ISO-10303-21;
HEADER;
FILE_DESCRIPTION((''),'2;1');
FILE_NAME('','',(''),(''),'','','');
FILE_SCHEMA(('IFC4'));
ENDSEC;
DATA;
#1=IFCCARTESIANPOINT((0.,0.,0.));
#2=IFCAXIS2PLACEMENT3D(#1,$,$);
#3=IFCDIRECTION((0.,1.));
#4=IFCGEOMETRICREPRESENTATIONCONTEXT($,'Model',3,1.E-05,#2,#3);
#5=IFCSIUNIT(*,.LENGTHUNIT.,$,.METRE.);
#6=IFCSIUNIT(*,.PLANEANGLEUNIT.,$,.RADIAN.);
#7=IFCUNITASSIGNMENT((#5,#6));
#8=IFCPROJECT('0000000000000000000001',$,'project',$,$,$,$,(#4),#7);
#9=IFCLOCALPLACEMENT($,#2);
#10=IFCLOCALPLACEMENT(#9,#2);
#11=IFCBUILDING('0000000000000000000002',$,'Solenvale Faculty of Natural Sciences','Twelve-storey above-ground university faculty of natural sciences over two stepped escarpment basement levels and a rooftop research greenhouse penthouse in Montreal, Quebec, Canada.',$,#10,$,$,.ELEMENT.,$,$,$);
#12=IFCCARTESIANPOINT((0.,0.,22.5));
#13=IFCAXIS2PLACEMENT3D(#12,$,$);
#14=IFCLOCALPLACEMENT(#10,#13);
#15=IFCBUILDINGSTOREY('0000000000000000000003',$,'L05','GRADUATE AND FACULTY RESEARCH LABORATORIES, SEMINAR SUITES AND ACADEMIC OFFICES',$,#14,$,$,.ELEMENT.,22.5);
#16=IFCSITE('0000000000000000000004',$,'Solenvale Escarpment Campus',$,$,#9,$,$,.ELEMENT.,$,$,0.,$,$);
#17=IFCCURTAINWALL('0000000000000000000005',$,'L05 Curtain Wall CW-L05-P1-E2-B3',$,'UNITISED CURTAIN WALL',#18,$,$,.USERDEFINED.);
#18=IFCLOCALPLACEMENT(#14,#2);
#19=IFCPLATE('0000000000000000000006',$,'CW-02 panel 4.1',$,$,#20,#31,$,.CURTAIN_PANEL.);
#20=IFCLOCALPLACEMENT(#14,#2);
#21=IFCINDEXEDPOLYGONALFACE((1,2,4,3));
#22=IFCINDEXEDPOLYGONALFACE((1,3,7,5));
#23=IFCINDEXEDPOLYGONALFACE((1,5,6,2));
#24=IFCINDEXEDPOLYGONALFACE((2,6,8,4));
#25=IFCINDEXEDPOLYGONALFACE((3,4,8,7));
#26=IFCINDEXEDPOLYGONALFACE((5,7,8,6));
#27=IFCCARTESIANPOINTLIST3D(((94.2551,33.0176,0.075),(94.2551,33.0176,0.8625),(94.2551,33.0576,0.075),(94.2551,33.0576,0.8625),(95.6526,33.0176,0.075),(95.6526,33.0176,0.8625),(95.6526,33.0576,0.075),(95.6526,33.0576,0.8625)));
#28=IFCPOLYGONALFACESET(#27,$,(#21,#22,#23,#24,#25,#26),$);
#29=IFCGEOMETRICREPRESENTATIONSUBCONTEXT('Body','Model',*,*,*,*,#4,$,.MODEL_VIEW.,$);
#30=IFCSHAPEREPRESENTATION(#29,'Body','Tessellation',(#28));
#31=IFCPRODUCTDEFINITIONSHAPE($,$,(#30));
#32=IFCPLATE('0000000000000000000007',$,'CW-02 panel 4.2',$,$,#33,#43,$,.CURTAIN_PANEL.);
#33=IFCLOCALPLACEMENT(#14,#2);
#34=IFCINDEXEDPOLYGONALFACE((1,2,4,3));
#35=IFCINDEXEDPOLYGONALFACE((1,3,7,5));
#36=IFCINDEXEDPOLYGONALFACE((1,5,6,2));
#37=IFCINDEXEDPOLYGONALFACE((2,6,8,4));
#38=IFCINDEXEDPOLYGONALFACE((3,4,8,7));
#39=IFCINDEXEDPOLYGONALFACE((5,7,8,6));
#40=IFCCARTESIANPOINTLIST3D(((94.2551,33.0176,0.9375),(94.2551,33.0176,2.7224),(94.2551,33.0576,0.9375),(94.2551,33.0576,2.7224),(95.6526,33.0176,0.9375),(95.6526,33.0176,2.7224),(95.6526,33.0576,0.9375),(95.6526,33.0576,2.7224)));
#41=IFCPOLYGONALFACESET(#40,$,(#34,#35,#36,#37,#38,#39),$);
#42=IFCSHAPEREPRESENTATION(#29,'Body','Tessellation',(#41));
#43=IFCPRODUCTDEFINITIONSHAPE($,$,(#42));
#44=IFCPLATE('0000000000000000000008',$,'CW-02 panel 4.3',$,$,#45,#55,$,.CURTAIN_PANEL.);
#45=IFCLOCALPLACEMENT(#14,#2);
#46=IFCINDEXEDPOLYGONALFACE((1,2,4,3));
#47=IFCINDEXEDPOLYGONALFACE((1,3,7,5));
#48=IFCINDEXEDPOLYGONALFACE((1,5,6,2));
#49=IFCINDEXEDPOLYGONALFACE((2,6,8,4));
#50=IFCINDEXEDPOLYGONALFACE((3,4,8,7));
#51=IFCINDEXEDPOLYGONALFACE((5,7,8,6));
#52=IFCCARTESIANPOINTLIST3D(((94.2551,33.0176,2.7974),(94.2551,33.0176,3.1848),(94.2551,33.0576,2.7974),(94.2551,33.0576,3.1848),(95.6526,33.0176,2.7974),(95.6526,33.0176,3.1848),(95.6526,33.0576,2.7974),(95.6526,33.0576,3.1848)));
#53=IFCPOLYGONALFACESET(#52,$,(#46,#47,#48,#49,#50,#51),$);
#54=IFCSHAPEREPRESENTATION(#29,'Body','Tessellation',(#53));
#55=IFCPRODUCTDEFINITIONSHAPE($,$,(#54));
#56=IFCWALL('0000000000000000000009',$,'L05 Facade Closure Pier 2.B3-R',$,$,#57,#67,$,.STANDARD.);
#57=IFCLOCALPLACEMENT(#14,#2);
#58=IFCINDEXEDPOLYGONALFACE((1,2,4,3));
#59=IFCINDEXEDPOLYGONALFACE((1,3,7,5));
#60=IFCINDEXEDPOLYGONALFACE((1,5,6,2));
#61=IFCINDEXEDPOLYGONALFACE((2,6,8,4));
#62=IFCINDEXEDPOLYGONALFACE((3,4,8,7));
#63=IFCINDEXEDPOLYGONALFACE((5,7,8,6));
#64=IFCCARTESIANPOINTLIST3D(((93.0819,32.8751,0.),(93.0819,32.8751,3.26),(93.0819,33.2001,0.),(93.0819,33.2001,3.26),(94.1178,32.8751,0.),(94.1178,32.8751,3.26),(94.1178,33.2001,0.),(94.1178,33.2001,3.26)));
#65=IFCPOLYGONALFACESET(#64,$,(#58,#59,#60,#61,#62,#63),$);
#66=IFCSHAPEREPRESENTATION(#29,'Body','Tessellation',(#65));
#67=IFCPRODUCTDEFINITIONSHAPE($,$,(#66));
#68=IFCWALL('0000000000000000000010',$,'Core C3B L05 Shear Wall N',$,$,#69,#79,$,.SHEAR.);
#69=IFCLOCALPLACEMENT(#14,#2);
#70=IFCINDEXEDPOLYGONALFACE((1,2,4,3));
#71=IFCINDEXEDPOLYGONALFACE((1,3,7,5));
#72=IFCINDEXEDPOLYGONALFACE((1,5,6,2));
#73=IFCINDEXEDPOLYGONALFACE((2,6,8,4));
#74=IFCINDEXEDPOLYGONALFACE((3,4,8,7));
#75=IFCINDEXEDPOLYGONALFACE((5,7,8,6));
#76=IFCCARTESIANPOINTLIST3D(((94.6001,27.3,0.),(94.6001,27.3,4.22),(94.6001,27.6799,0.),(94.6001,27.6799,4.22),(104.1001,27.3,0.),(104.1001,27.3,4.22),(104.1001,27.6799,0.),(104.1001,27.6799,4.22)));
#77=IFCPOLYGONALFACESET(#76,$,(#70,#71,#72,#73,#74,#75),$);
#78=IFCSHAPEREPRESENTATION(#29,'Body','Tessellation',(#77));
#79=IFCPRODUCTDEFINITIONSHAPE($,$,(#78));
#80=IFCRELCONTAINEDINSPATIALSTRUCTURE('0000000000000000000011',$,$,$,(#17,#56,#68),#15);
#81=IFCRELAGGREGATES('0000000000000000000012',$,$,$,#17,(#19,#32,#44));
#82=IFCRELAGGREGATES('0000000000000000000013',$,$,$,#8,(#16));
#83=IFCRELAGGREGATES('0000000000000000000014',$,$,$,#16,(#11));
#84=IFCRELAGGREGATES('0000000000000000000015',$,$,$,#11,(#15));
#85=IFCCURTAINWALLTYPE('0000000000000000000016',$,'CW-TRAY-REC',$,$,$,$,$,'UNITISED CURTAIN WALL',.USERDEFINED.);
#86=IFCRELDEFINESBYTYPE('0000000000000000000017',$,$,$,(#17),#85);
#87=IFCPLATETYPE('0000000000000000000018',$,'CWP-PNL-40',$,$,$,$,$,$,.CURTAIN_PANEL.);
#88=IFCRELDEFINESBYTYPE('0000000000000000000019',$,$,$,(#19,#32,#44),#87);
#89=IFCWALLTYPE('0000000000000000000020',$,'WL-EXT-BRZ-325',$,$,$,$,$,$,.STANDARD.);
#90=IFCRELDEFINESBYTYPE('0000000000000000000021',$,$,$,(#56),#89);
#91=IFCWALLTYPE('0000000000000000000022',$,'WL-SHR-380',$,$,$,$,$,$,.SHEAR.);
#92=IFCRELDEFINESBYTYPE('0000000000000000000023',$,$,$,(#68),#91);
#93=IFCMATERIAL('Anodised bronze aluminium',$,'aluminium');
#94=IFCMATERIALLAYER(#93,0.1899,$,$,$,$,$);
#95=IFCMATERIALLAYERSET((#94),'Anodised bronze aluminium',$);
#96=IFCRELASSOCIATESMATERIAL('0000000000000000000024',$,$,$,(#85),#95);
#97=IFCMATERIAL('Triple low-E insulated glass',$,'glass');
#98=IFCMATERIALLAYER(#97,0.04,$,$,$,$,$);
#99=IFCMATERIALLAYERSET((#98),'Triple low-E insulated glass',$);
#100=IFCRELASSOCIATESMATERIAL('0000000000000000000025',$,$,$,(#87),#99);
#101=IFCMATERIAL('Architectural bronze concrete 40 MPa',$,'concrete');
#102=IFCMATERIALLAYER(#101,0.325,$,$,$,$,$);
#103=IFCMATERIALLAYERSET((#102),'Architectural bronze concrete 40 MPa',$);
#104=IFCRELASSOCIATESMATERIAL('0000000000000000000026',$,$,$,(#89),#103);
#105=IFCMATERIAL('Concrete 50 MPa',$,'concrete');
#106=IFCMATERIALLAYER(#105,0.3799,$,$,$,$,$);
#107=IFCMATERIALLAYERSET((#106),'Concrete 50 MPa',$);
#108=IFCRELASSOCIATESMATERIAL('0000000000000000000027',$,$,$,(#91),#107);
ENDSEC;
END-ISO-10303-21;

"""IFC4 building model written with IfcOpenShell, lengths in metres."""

from ifc_helpers import new_model, si_unit, direction, frame, frame_2d, origin, origin_2d, place, context, subcontext, project, spatial, rectangle, extrude, material, layer, layer_set, type_object, element, aggregate, save


model = new_model("IFC4")

# Units and contexts
model_context = context("Model", 3, precision=1e-05, world=origin(), true_north=direction((0.0, 1.0)))
body_context = subcontext(model_context, "Body", "Model", "MODEL_VIEW")
ifc_project = project(units=[si_unit("LENGTHUNIT", "METRE"), si_unit("PLANEANGLEUNIT", "RADIAN")], contexts=[model_context])

# Site, building, storey
site_placement = place(None, origin())
site = spatial("IfcSite", under=ifc_project, at=site_placement, Name="Solenvale Escarpment Campus", CompositionType="ELEMENT", RefElevation=0.0)
building_placement = place(site_placement, origin())
building = spatial("IfcBuilding", under=site, at=building_placement, Name="Solenvale Faculty of Natural Sciences", Description="Twelve-storey above-ground university faculty of natural sciences over two stepped escarpment basement levels and a rooftop research greenhouse penthouse in Montreal, Quebec, Canada.", CompositionType="ELEMENT")
storey_placement = place(building_placement, frame((0.0, 0.0, 22.5)))
storey = spatial("IfcBuildingStorey", under=building, at=storey_placement, Name="L05", Description="GRADUATE AND FACULTY RESEARCH LABORATORIES, SEMINAR SUITES AND ACADEMIC OFFICES", CompositionType="ELEMENT", Elevation=22.5)

# Curtain wall, plates
ifc_material_1 = material(Name="Anodised bronze aluminium", Category="aluminium")
ifc_layer_1 = layer(ifc_material_1, 0.1899)
ifc_layer_set_1 = layer_set([ifc_layer_1], Name="Anodised bronze aluminium")
curtain_wall_type = type_object("IfcCurtainWallType", Name="CW-TRAY-REC", ElementType="UNITISED CURTAIN WALL", PredefinedType="USERDEFINED", material=ifc_layer_set_1)
curtain_wall_placement = place(storey_placement, origin())
curtain_wall = element("IfcCurtainWall", 1, at=curtain_wall_placement, inside=storey, type_object=curtain_wall_type, Name="L05 Curtain Wall CW-L05-P1-E2-B3", ObjectType="UNITISED CURTAIN WALL", PredefinedType="USERDEFINED")
ifc_material_2 = material(Name="Triple low-E insulated glass", Category="glass")
ifc_layer_2 = layer(ifc_material_2, 0.04)
ifc_layer_set_2 = layer_set([ifc_layer_2], Name="Triple low-E insulated glass")
plate_type = type_object("IfcPlateType", Name="CWP-PNL-40", PredefinedType="CURTAIN_PANEL", material=ifc_layer_set_2)
plate_1_placement = place(storey_placement, frame((94.9539, 33.0376, 0.075), z_axis=(0.0, 0.0, 1.0), x_axis=(-1.0, 0.0, 0.0)))
plate_1 = element("IfcPlate", 2, at=plate_1_placement, type_object=plate_type, Name="CW-02 panel 4.1", PredefinedType="CURTAIN_PANEL", context=body_context, shape_type="SweptSolid", body=[
    extrude(rectangle(XDim=1.3975, YDim=0.04, at=origin_2d()), origin(), (0.0, 0.0, 1.0), 0.7876),
])
plate_2_placement = place(storey_placement, frame((94.9539, 33.0376, 0.9375), z_axis=(0.0, 0.0, 1.0), x_axis=(-1.0, 0.0, 0.0)))
plate_2 = element("IfcPlate", 3, at=plate_2_placement, type_object=plate_type, Name="CW-02 panel 4.2", PredefinedType="CURTAIN_PANEL", context=body_context, shape_type="SweptSolid", body=[
    extrude(rectangle(XDim=1.3975, YDim=0.04, at=origin_2d()), origin(), (0.0, 0.0, 1.0), 1.7849),
])
plate_3_placement = place(storey_placement, frame((94.9539, 33.0376, 2.7974), z_axis=(0.0, 0.0, 1.0), x_axis=(-1.0, 0.0, 0.0)))
plate_3 = element("IfcPlate", 4, at=plate_3_placement, type_object=plate_type, Name="CW-02 panel 4.3", PredefinedType="CURTAIN_PANEL", context=body_context, shape_type="SweptSolid", body=[
    extrude(rectangle(XDim=1.3975, YDim=0.04, at=origin_2d()), origin(), (0.0, 0.0, 1.0), 0.3875),
])
aggregate(curtain_wall, [plate_1, plate_2, plate_3])

# Walls
ifc_material_3 = material(Name="Architectural bronze concrete 40 MPa", Category="concrete")
ifc_layer_3 = layer(ifc_material_3, 0.325)
ifc_layer_set_3 = layer_set([ifc_layer_3], Name="Architectural bronze concrete 40 MPa")
wall_type_1 = type_object("IfcWallType", Name="WL-EXT-BRZ-325", PredefinedType="STANDARD", material=ifc_layer_set_3)
wall_1_placement = place(storey_placement, frame((94.1179, 33.0376, 0.0), z_axis=(0.0, 0.0, 1.0), x_axis=(-1.0, 0.0, 0.0)))
element("IfcWall", 5, at=wall_1_placement, inside=storey, type_object=wall_type_1, Name="L05 Facade Closure Pier 2.B3-R", PredefinedType="STANDARD", context=body_context, shape_type="SweptSolid", body=[
    extrude(rectangle(XDim=1.0359, YDim=0.325, at=frame_2d((0.5181, 0.0))), origin(), (0.0, 0.0, 1.0), 3.26),
])
ifc_material_4 = material(Name="Concrete 50 MPa", Category="concrete")
ifc_layer_4 = layer(ifc_material_4, 0.3799)
ifc_layer_set_4 = layer_set([ifc_layer_4], Name="Concrete 50 MPa")
wall_type_2 = type_object("IfcWallType", Name="WL-SHR-380", PredefinedType="SHEAR", material=ifc_layer_set_4)
wall_2_placement = place(storey_placement, frame((94.6001, 27.49, 0.0), z_axis=(0.0, 0.0, 1.0), x_axis=(1.0, 0.0, 0.0)))
element("IfcWall", 6, at=wall_2_placement, inside=storey, type_object=wall_type_2, Name="Core C3B L05 Shear Wall N", PredefinedType="SHEAR", context=body_context, shape_type="SweptSolid", body=[
    extrude(rectangle(XDim=9.5, YDim=0.3799, at=frame_2d((4.75, 0.0))), origin(), (0.0, 0.0, 1.0), 4.22),
])

save(model, "model.ifc")
